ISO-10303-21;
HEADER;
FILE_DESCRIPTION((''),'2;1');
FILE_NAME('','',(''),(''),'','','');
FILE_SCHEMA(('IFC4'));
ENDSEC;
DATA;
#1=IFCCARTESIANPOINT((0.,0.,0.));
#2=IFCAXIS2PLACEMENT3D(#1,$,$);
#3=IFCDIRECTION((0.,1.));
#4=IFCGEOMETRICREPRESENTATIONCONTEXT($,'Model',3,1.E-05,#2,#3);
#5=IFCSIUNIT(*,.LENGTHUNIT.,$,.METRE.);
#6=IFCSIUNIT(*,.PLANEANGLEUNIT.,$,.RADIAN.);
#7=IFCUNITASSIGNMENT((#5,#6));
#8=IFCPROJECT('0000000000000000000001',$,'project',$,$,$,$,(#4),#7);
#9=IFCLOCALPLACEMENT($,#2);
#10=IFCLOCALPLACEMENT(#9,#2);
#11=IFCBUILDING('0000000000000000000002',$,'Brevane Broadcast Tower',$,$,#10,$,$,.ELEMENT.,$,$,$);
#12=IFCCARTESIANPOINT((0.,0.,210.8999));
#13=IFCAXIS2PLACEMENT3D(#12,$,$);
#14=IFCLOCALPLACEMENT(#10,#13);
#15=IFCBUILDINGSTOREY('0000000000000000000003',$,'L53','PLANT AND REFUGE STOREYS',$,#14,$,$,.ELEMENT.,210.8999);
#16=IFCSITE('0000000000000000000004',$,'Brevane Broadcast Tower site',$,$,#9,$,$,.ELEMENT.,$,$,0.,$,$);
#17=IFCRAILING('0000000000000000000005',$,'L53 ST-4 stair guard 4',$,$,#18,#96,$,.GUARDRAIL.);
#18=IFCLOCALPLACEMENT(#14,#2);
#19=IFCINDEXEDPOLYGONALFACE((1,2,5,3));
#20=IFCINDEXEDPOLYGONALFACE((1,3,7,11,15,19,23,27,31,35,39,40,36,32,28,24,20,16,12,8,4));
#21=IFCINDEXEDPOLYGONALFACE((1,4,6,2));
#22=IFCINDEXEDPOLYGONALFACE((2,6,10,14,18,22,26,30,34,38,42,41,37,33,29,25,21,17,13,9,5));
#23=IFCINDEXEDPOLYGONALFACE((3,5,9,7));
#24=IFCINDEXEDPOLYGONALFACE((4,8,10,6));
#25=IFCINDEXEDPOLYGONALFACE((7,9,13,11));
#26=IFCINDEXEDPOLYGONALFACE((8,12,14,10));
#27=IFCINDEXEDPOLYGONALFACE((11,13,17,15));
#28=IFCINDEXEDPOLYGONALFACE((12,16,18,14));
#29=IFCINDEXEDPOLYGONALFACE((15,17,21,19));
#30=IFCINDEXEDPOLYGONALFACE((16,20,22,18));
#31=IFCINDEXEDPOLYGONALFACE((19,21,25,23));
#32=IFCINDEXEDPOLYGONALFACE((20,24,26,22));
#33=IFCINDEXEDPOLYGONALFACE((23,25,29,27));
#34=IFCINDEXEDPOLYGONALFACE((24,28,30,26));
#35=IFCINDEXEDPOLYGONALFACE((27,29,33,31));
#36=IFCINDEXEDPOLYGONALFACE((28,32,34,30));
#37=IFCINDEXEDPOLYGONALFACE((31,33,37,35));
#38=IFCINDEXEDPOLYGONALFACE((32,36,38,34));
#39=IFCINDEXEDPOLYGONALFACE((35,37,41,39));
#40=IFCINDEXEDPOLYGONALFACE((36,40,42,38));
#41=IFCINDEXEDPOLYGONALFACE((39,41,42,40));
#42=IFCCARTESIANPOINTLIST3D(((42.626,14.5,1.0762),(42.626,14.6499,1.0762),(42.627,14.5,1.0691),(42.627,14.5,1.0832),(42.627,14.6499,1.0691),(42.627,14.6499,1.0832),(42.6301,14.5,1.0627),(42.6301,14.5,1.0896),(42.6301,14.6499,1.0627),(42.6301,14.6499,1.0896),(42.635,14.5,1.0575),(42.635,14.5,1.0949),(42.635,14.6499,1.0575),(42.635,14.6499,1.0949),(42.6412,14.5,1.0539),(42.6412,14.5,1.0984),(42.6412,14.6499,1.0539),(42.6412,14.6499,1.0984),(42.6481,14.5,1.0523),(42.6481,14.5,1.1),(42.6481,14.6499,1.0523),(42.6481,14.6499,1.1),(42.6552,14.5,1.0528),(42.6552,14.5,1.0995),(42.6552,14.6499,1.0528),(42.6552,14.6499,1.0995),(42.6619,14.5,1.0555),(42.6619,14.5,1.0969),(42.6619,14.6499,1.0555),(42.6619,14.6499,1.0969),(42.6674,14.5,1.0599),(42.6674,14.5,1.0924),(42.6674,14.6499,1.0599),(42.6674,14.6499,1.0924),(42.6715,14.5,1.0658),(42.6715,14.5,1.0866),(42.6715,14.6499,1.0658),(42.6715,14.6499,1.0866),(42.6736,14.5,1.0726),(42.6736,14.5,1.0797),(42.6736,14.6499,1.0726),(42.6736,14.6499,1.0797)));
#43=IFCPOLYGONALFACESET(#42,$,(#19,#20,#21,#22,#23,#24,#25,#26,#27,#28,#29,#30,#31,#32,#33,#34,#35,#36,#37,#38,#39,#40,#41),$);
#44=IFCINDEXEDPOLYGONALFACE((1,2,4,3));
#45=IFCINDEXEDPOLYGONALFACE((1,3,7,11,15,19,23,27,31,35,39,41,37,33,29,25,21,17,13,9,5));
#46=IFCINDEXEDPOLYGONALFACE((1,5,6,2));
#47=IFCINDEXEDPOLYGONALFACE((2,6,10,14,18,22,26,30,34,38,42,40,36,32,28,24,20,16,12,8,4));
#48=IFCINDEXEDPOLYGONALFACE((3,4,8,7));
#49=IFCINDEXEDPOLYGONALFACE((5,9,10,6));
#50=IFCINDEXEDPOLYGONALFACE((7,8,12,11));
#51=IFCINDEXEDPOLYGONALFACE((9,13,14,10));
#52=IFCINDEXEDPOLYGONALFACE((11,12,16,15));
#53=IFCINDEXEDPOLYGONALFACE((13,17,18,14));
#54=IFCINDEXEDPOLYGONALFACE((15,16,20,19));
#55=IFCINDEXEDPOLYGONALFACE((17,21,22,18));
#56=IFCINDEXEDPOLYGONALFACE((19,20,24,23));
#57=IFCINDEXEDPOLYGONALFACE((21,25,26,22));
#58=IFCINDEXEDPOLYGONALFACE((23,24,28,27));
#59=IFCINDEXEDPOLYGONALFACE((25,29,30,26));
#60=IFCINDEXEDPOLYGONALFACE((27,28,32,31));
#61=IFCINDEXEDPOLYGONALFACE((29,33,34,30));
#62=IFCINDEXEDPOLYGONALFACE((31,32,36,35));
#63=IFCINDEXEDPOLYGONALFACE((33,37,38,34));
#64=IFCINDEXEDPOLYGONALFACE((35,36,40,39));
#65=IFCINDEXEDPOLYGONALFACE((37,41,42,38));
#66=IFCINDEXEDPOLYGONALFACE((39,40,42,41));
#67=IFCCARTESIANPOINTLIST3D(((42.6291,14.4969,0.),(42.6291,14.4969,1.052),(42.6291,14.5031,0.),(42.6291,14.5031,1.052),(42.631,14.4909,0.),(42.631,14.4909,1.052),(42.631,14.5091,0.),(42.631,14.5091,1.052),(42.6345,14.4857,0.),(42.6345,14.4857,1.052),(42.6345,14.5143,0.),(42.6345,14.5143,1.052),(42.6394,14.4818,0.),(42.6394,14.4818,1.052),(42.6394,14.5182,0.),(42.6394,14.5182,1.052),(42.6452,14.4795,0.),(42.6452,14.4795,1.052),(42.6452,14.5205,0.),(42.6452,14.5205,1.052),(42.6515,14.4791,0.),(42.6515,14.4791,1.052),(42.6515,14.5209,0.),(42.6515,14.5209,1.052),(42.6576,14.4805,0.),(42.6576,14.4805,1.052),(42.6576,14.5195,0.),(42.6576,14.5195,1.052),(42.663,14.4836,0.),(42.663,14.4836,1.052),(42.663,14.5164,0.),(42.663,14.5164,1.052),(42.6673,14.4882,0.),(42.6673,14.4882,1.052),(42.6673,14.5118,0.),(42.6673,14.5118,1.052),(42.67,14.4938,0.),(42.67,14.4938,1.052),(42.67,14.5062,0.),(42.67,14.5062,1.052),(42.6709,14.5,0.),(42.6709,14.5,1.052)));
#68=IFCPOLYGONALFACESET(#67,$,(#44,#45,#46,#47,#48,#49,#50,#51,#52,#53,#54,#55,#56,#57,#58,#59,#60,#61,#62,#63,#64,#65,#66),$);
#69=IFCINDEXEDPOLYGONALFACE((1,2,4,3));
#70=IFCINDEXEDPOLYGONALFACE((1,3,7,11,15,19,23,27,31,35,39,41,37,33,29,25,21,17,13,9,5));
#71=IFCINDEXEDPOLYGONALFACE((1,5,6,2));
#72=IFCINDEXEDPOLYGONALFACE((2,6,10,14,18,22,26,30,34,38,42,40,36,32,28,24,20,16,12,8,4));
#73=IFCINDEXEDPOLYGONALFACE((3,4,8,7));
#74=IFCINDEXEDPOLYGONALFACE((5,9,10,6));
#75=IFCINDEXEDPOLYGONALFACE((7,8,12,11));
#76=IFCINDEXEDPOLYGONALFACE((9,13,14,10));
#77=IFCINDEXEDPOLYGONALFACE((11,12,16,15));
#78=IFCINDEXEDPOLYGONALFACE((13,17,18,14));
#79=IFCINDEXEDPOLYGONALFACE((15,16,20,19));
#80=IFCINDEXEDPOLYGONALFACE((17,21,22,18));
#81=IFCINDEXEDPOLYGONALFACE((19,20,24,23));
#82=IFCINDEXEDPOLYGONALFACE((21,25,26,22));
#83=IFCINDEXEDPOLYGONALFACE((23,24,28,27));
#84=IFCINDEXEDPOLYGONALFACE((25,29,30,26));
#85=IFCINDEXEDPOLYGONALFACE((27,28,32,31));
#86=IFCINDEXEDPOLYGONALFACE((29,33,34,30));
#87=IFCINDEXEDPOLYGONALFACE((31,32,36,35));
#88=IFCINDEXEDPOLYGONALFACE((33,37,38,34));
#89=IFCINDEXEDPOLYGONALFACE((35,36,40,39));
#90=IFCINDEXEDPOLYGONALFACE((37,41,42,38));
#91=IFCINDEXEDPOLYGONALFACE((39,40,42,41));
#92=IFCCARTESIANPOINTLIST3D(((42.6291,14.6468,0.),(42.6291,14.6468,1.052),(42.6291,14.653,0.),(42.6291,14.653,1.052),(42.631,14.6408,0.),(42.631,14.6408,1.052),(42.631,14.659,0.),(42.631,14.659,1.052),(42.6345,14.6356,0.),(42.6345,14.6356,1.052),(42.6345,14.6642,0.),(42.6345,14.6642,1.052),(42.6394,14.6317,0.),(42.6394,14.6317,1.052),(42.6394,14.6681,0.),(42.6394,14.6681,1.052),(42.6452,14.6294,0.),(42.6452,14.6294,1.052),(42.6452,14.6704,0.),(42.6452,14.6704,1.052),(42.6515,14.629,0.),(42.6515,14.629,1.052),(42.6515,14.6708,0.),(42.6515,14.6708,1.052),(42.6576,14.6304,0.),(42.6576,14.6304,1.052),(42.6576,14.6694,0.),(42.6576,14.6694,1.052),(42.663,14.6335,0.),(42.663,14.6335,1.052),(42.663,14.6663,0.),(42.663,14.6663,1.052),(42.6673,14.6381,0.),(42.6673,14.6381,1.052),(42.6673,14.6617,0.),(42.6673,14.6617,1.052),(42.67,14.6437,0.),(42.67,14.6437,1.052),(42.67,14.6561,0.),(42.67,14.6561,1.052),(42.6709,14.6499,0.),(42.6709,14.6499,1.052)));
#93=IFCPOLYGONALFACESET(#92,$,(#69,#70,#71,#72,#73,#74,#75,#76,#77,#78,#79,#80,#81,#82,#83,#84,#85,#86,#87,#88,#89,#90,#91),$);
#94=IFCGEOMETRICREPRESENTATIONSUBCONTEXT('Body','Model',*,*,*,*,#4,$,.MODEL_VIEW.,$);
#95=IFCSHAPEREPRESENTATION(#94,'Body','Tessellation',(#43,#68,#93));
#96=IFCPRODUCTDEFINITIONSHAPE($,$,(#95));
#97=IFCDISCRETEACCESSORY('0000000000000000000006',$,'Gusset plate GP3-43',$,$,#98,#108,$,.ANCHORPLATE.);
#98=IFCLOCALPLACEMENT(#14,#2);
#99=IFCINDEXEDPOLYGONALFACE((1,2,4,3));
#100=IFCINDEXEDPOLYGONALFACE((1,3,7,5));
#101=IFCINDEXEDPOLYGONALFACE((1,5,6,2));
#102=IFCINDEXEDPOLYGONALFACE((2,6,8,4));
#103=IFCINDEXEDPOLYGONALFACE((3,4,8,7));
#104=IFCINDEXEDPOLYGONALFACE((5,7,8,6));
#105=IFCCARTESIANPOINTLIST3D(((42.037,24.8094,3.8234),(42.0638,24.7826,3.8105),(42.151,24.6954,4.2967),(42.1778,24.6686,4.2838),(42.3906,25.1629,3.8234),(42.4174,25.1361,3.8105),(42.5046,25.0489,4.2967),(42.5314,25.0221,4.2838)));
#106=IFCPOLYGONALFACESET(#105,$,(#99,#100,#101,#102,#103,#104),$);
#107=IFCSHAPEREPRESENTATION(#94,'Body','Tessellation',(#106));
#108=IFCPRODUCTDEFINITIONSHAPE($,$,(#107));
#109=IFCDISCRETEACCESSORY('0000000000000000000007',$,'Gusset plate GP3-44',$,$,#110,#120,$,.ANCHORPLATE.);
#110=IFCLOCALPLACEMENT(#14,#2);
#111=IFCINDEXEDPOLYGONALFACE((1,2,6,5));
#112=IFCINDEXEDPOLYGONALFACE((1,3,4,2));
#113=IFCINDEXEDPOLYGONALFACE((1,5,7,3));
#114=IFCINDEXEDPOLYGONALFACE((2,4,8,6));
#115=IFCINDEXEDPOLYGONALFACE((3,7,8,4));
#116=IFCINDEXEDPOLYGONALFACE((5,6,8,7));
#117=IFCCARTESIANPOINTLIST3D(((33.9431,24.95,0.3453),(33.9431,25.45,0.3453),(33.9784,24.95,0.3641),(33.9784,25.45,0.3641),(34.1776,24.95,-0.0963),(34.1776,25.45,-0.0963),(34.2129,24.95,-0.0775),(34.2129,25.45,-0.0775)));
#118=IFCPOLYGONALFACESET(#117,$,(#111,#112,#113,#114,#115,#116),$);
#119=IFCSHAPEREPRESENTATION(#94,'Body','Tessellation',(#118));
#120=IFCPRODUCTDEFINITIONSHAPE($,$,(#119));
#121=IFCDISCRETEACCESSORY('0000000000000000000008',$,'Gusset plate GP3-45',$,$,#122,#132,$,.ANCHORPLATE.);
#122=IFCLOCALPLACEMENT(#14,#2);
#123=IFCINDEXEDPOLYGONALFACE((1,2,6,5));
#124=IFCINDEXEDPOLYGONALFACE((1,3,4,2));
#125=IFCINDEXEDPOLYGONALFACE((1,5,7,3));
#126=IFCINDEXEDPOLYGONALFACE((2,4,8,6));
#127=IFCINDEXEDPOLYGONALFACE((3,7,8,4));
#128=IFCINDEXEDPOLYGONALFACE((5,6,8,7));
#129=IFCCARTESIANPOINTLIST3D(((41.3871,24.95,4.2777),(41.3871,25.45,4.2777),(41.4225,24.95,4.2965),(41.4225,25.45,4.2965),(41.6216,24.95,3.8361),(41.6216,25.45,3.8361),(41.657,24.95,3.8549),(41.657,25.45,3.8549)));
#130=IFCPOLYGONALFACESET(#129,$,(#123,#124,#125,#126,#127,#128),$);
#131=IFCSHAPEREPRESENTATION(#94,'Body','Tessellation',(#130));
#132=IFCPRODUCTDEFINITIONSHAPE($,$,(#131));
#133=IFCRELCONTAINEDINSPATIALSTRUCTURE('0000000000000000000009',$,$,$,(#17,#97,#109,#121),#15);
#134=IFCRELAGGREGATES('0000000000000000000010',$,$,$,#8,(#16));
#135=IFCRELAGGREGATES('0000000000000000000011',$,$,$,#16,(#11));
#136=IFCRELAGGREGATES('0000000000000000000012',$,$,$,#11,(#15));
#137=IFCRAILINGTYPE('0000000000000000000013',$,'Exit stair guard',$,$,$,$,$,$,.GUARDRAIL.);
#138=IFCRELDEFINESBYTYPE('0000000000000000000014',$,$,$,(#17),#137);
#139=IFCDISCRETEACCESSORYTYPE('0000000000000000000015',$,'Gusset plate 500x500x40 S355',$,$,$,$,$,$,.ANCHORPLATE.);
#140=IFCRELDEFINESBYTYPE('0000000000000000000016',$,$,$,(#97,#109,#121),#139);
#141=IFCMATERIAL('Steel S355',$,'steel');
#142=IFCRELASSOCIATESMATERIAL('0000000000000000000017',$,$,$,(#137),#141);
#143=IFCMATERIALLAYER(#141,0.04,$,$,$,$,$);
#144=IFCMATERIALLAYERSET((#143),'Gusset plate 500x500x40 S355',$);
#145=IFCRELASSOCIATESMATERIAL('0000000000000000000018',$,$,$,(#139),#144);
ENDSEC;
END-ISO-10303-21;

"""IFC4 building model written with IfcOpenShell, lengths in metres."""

from ifc_helpers import new_model, si_unit, direction, frame, origin, origin_2d, place, context, subcontext, project, spatial, rectangle, circle, extrude, material, layer, layer_set, type_object, element, save


model = new_model("IFC4")

# Units and contexts
model_context = context("Model", 3, precision=1e-05, world=origin(), true_north=direction((0.0, 1.0)))
body_context = subcontext(model_context, "Body", "Model", "MODEL_VIEW")
ifc_project = project(units=[si_unit("LENGTHUNIT", "METRE"), si_unit("PLANEANGLEUNIT", "RADIAN")], contexts=[model_context])

# Site, building, storey
site_placement = place(None, origin())
site = spatial("IfcSite", under=ifc_project, at=site_placement, Name="Brevane Broadcast Tower site", CompositionType="ELEMENT", RefElevation=0.0)
building_placement = place(site_placement, origin())
building = spatial("IfcBuilding", under=site, at=building_placement, Name="Brevane Broadcast Tower", CompositionType="ELEMENT")
storey_placement = place(building_placement, frame((0.0, 0.0, 210.8999)))
storey = spatial("IfcBuildingStorey", under=building, at=storey_placement, Name="L53", Description="PLANT AND REFUGE STOREYS", CompositionType="ELEMENT", Elevation=210.8999)

# Shared definitions
ifc_material_1 = material(Name="Steel S355", Category="steel")

# Railing
railing_type = type_object("IfcRailingType", Name="Exit stair guard", PredefinedType="GUARDRAIL", material=ifc_material_1)
railing_placement = place(storey_placement, frame((42.6499, 14.5, 0.0)))
element("IfcRailing", 1, at=railing_placement, inside=storey, type_object=railing_type, Name="L53 ST-4 stair guard 4", PredefinedType="GUARDRAIL", context=body_context, shape_type="SweptSolid", body=[
    extrude(circle(Radius=0.0239, at=origin_2d()), frame((0.0, 0.0, 1.0762), z_axis=(0.0, 1.0, 0.0), x_axis=(-1.0, 0.0, 0.0)), (0.0, 0.0, 1.0), 0.1499),
    extrude(circle(Radius=0.021, at=origin_2d()), origin(), (0.0, 0.0, 1.0), 1.052),
    extrude(circle(Radius=0.021, at=origin_2d()), frame((0.0, 0.1499, 0.0)), (0.0, 0.0, 1.0), 1.052),
])

# Discrete accessories
ifc_layer_1 = layer(ifc_material_1, 0.04)
ifc_layer_set_1 = layer_set([ifc_layer_1], Name="Gusset plate 500x500x40 S355")
discrete_accessory_type = type_object("IfcDiscreteAccessoryType", Name="Gusset plate 500x500x40 S355", PredefinedType="ANCHORPLATE", material=ifc_layer_set_1)
for number, where, z_axis, x_axis, name in (
    (2, (42.2976, 24.9023, 4.0471), (-0.669327, 0.669327, 0.322494), (-0.707107, -0.707107, 0.0), "Gusset plate GP3-43"),
    (3, (34.0603, 25.2, 0.1245), (0.883195, 0.0, 0.469007), (0.0, 1.0, 0.0), "Gusset plate GP3-44"),
    (4, (41.5044, 25.2, 4.0569), (0.883195, 0.0, 0.469007), (0.0, 1.0, 0.0), "Gusset plate GP3-45"),
):
    element("IfcDiscreteAccessory", number, at=place(storey_placement, frame(where, z_axis=z_axis, x_axis=x_axis)), inside=storey, type_object=discrete_accessory_type, Name=name, PredefinedType="ANCHORPLATE", context=body_context, shape_type="SweptSolid", body=[
        extrude(rectangle(XDim=0.5, YDim=0.5, at=origin_2d()), origin(), (0.0, 0.0, 1.0), 0.04),
    ])

save(model, "model.ifc")
